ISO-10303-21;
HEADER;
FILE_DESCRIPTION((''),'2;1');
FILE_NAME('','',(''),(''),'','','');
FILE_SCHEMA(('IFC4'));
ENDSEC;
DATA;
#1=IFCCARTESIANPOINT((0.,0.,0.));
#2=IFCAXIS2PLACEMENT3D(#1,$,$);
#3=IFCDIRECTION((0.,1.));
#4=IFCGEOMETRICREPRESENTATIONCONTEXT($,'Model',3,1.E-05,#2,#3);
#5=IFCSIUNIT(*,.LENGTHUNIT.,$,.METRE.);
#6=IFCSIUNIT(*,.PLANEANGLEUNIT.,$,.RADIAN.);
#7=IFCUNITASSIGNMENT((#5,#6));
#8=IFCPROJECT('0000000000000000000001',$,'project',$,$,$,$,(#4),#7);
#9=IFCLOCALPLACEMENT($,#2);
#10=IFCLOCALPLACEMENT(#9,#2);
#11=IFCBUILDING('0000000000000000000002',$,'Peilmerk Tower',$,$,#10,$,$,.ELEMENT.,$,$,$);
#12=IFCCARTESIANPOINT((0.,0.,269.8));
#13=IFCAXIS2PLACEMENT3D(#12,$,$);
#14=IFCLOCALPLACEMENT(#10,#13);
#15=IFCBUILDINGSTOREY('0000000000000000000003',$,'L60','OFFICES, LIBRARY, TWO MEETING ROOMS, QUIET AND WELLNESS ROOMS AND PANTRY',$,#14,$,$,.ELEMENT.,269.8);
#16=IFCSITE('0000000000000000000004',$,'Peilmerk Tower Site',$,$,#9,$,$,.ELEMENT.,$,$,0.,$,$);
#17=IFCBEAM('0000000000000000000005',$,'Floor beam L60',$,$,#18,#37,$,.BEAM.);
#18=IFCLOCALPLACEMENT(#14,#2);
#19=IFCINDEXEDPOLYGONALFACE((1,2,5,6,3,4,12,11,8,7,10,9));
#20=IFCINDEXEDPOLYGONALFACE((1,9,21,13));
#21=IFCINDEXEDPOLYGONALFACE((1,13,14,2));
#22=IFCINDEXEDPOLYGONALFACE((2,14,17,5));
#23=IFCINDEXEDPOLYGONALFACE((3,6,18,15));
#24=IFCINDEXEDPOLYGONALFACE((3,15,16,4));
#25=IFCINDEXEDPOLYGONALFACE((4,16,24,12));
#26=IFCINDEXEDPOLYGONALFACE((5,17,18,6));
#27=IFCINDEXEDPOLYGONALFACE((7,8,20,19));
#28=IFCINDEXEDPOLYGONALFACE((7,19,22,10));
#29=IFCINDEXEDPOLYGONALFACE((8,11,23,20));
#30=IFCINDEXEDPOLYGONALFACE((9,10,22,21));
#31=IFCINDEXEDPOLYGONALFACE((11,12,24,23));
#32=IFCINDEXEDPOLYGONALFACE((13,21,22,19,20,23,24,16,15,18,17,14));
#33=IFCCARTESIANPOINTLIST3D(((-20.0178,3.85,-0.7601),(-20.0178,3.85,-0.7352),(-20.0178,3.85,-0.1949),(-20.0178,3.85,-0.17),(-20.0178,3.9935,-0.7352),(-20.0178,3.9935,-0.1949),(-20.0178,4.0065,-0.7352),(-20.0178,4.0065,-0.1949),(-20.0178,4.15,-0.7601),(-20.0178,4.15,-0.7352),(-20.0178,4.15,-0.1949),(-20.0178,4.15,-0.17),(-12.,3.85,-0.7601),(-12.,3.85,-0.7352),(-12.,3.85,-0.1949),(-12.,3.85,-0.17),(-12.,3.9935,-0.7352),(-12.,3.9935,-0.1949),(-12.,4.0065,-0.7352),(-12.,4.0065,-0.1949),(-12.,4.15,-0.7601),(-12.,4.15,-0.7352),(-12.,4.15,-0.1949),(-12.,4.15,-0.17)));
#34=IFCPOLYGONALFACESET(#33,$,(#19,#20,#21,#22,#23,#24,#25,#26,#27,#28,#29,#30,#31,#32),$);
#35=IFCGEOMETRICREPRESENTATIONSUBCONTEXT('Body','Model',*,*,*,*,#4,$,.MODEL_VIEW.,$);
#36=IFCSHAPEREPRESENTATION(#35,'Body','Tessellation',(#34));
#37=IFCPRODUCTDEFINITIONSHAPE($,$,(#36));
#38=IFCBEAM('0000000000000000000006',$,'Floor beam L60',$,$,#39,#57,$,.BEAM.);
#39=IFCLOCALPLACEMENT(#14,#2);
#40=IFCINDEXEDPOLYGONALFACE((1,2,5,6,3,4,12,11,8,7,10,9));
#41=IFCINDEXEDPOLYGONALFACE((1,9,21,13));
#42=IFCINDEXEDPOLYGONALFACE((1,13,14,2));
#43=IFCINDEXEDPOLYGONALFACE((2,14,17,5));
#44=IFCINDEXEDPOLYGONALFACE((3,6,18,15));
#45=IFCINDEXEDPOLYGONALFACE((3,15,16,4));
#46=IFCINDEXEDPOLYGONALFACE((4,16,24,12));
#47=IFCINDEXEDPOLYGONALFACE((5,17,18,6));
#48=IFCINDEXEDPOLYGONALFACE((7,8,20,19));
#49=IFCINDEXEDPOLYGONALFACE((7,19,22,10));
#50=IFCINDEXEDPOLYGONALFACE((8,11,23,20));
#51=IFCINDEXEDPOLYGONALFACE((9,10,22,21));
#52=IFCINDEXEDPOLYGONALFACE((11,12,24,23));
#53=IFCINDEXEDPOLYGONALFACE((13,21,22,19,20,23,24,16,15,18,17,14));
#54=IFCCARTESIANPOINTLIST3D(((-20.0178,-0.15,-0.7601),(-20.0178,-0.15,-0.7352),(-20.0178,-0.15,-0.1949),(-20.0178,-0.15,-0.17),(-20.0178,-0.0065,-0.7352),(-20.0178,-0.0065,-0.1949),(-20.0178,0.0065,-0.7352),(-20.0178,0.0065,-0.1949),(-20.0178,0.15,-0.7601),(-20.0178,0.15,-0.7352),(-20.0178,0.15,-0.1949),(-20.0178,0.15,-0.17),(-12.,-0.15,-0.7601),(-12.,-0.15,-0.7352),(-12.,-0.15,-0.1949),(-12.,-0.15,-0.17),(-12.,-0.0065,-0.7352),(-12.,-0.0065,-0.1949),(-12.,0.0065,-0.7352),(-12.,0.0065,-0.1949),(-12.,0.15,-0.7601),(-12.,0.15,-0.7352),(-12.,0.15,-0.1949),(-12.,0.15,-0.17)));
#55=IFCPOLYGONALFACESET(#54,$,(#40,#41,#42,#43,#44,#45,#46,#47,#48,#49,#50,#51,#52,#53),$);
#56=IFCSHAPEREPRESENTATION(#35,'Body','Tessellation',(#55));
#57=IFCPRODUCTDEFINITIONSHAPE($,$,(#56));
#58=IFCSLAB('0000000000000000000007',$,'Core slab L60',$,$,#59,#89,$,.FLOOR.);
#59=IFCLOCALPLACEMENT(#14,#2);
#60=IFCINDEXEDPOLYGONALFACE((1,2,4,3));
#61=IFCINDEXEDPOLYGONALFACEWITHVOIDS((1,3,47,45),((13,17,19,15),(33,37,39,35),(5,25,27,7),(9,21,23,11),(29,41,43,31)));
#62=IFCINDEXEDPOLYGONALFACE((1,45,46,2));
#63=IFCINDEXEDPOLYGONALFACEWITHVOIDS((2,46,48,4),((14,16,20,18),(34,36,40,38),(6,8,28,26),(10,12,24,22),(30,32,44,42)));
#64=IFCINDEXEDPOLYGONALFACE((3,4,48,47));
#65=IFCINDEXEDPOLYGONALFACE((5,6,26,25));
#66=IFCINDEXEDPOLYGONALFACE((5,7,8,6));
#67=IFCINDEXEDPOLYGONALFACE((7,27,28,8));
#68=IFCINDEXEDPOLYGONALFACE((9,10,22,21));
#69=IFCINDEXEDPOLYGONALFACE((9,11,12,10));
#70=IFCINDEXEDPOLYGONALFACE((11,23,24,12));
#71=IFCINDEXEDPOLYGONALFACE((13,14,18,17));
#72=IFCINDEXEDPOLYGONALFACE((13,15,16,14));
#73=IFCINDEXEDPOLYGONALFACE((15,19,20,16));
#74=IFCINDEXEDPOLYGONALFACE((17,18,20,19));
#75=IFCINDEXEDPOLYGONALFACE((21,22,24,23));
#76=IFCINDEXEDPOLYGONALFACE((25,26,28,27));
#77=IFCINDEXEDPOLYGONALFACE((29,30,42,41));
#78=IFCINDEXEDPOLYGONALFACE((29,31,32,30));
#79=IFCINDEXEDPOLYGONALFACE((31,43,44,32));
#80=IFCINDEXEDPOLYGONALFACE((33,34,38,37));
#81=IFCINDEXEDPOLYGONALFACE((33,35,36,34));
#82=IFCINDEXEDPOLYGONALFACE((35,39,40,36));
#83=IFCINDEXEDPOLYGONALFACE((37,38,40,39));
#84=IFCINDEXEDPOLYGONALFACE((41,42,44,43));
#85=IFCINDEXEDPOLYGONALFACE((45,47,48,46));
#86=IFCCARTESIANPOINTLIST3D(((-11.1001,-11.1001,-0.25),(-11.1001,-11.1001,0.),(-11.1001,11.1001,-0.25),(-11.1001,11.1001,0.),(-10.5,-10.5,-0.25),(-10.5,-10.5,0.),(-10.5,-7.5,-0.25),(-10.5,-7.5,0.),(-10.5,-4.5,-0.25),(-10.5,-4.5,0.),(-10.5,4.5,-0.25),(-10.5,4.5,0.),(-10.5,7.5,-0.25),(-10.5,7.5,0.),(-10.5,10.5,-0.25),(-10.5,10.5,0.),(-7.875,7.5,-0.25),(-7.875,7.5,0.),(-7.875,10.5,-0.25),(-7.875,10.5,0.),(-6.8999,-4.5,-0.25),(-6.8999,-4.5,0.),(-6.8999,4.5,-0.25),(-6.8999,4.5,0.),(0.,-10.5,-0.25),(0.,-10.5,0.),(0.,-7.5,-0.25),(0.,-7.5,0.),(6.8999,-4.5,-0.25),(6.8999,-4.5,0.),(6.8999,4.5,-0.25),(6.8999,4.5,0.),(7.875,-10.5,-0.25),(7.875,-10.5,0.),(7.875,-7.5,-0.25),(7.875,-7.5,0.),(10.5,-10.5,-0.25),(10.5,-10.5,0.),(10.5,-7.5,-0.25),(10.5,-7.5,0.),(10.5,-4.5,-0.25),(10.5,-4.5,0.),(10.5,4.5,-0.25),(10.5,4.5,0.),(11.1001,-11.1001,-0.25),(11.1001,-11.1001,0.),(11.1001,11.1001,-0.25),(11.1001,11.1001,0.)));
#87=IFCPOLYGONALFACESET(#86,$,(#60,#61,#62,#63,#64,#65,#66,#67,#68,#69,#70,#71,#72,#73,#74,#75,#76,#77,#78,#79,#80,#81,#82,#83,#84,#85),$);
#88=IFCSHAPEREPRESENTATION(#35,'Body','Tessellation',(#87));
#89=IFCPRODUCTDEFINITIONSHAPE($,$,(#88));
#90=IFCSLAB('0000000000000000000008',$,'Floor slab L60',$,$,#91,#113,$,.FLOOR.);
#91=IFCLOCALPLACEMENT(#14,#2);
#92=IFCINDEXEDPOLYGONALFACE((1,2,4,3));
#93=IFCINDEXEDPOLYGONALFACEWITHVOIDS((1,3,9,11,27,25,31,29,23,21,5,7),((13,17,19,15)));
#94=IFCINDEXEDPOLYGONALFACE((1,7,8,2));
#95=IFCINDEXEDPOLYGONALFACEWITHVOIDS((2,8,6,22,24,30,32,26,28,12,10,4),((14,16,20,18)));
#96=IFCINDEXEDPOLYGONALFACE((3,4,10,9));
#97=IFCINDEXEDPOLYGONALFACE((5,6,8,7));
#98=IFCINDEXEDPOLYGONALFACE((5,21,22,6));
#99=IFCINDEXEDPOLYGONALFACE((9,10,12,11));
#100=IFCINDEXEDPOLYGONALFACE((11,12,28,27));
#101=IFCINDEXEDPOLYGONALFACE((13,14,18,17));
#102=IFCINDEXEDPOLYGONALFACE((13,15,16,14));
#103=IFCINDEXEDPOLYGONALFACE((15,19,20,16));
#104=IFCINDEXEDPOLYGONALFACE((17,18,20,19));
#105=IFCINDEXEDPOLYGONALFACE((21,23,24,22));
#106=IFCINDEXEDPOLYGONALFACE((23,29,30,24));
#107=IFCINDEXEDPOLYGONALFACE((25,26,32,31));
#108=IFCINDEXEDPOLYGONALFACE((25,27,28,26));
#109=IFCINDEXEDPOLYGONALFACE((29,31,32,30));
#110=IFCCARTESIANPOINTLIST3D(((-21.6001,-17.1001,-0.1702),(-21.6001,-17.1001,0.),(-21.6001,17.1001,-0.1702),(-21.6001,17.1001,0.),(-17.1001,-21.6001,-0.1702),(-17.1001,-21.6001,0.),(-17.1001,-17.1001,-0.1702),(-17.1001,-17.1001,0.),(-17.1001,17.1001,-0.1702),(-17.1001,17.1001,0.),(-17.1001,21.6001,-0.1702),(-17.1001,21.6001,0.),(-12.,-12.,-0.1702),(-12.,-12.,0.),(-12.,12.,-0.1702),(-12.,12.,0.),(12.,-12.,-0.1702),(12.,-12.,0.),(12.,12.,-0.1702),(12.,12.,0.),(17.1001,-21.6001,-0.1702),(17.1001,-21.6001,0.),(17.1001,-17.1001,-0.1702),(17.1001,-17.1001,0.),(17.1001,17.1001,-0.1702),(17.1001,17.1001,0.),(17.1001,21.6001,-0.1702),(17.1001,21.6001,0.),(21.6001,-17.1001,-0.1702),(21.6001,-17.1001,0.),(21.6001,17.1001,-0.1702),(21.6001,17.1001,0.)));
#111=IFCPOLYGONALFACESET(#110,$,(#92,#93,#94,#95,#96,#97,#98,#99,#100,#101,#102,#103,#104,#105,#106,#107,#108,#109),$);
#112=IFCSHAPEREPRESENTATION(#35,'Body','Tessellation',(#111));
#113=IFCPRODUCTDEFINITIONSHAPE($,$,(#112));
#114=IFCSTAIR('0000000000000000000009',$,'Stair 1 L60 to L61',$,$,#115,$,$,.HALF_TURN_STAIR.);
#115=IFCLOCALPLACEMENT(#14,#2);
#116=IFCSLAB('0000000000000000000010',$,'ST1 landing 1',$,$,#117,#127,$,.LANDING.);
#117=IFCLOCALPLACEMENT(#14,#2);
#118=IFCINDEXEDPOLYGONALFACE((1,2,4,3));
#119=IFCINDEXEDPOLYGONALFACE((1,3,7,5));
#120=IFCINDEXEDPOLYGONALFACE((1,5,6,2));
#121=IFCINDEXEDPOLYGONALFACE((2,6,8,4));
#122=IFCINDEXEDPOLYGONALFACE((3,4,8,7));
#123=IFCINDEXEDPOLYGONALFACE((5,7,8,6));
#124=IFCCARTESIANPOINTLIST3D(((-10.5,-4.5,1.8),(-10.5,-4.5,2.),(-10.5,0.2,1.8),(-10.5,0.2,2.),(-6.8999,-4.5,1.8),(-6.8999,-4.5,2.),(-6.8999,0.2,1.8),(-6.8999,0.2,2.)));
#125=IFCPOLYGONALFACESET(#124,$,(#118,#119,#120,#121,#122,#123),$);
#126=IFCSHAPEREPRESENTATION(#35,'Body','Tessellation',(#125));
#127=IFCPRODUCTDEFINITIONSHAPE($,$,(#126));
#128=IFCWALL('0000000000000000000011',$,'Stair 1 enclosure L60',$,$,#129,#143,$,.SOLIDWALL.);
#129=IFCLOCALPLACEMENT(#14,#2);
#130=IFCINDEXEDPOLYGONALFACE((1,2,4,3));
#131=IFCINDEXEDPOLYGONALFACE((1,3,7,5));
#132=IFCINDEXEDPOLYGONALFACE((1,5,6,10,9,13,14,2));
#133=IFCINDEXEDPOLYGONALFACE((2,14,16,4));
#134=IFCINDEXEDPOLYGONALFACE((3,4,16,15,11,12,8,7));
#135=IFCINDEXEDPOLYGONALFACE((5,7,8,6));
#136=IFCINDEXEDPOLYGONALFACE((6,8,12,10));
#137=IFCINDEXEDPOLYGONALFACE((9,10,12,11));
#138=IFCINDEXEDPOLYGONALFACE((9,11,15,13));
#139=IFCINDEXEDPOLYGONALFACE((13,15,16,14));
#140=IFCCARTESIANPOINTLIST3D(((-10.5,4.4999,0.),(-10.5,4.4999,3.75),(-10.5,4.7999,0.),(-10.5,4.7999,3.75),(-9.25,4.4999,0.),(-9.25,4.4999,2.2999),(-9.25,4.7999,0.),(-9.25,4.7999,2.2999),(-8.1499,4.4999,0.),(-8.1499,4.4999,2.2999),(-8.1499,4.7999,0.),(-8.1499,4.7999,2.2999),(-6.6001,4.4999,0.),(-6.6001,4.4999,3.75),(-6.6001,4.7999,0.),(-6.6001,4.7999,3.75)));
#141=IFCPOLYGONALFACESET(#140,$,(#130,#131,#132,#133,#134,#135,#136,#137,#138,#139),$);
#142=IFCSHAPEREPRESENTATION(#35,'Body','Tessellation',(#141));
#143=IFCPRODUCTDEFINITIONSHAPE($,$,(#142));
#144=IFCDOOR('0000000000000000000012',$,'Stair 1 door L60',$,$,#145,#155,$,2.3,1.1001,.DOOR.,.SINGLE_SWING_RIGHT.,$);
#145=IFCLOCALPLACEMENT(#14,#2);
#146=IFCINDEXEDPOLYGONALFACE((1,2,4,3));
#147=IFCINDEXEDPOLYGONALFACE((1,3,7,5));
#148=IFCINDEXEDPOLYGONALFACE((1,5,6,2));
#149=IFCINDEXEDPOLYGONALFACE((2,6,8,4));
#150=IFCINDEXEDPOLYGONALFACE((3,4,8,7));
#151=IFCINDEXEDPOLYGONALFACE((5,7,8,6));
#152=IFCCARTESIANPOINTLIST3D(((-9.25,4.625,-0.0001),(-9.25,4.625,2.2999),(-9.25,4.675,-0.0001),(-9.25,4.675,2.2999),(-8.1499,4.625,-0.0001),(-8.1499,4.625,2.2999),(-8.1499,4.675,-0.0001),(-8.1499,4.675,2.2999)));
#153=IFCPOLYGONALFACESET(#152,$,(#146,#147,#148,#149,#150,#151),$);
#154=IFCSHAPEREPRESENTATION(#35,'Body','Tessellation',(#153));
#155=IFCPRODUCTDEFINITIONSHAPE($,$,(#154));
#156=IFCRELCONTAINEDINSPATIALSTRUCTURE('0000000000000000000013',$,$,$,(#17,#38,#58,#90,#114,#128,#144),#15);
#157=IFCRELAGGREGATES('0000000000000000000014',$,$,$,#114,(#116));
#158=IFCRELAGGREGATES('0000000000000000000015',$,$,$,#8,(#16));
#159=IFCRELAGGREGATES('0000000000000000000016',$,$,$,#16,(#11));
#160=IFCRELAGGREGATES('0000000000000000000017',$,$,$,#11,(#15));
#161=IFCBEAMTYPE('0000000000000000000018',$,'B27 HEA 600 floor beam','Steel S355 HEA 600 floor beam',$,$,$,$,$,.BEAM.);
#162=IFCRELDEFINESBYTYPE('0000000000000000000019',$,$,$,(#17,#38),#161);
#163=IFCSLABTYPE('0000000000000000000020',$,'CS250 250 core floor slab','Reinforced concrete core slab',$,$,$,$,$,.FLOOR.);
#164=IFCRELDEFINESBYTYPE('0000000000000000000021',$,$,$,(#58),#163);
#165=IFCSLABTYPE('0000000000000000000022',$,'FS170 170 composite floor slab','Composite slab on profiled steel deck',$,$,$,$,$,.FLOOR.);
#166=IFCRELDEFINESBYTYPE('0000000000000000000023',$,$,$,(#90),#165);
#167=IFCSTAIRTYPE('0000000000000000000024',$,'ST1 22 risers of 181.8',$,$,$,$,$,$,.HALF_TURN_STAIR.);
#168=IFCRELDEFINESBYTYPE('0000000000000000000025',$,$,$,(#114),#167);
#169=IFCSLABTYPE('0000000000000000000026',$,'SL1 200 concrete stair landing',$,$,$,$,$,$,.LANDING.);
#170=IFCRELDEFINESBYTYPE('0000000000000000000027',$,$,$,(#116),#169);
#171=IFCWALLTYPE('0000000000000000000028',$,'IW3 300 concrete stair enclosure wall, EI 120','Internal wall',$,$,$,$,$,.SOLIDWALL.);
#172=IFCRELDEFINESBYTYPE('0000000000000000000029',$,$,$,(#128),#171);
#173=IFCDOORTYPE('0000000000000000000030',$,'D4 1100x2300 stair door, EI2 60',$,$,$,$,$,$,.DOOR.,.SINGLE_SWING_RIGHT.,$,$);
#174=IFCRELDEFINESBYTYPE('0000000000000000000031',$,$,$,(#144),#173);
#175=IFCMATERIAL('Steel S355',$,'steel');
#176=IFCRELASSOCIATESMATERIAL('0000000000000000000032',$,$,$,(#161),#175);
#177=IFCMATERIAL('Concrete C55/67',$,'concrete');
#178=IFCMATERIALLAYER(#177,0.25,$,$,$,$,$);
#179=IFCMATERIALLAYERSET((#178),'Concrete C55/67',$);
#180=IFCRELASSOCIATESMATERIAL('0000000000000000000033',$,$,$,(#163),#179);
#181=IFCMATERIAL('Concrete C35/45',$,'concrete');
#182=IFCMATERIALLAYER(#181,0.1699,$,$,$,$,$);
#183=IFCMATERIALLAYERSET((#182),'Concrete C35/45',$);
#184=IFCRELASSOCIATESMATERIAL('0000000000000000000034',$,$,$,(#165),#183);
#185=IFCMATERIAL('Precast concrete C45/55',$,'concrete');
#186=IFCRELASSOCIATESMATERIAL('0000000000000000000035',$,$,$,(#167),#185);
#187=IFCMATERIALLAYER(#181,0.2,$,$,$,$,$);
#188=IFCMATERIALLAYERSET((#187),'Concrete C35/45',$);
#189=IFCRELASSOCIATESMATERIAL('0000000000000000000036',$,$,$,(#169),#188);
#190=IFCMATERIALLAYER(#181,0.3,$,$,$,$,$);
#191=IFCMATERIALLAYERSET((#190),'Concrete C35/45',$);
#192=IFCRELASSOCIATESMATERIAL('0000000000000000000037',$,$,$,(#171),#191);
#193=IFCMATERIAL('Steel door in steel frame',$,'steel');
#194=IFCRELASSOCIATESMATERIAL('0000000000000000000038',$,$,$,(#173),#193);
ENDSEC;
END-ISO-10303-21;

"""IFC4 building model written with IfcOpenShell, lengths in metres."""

from ifc_helpers import new_model, si_unit, direction, frame, frame_2d, origin, origin_2d, place, context, subcontext, project, spatial, polyline, rectangle, i_section, outline, extrude, material, layer, layer_set, material_profile, profile_set, type_object, element, fill, aggregate, save


model = new_model("IFC4")

# Units and contexts
model_context = context("Model", 3, precision=1e-05, world=origin(), true_north=direction((0.0, 1.0)))
body_context = subcontext(model_context, "Body", "Model", "MODEL_VIEW")
ifc_project = project(units=[si_unit("LENGTHUNIT", "METRE"), si_unit("PLANEANGLEUNIT", "RADIAN")], contexts=[model_context])

# Site, building, storey
site_placement = place(None, origin())
site = spatial("IfcSite", under=ifc_project, at=site_placement, Name="Peilmerk Tower Site", CompositionType="ELEMENT", RefElevation=0.0)
building_placement = place(site_placement, origin())
building = spatial("IfcBuilding", under=site, at=building_placement, Name="Peilmerk Tower", CompositionType="ELEMENT")
storey_placement = place(building_placement, frame((0.0, 0.0, 269.8)))
storey = spatial("IfcBuildingStorey", under=building, at=storey_placement, Name="L60", Description="OFFICES, LIBRARY, TWO MEETING ROOMS, QUIET AND WELLNESS ROOMS AND PANTRY", CompositionType="ELEMENT", Elevation=269.8)

# Beams
ifc_material_1 = material(Name="Steel S355", Category="steel")
ifc_material_profile = material_profile(ifc_material_1, i_section(OverallWidth=0.3, OverallDepth=0.5901, WebThickness=0.0129, FlangeThickness=0.0249, at=origin_2d()), Name="HEA 600")
ifc_profile_set = profile_set([ifc_material_profile], Name="Steel S355")
beam_type = type_object("IfcBeamType", Name="B27 HEA 600 floor beam", Description="Steel S355 HEA 600 floor beam", PredefinedType="BEAM", material=ifc_profile_set)
for number, where, z_axis, x_axis, name in (
    (1, (-12.0, 4.0, -0.4651), (-1.0, 0.0, 0.0), (0.0, -1.0, 0.0), "Floor beam L60"),
    (2, (-12.0, 0.0, -0.4651), (-1.0, 0.0, 0.0), (0.0, -1.0, 0.0), "Floor beam L60"),
):
    element("IfcBeam", number, at=place(storey_placement, frame(where, z_axis=z_axis, x_axis=x_axis)), inside=storey, type_object=beam_type, Name=name, PredefinedType="BEAM", context=body_context, shape_type="SweptSolid", body=[
        extrude(i_section(OverallWidth=0.3, OverallDepth=0.5901, WebThickness=0.0129, FlangeThickness=0.0249, at=origin_2d()), origin(), (0.0, 0.0, 1.0), 8.0178),
    ])

# Slabs
ifc_material_2 = material(Name="Concrete C55/67", Category="concrete")
ifc_layer_1 = layer(ifc_material_2, 0.25)
ifc_layer_set_1 = layer_set([ifc_layer_1], Name="Concrete C55/67")
slab_type_1 = type_object("IfcSlabType", Name="CS250 250 core floor slab", Description="Reinforced concrete core slab", PredefinedType="FLOOR", material=ifc_layer_set_1)
slab_1_placement = place(storey_placement, frame((0.0, 0.0, -0.25)))
element("IfcSlab", 3, at=slab_1_placement, inside=storey, type_object=slab_type_1, Name="Core slab L60", PredefinedType="FLOOR", context=body_context, shape_type="SweptSolid", body=[
    extrude(outline(polyline([(11.1001, -11.1001), (11.1001, 11.1001), (-11.1001, 11.1001), (-11.1001, -11.1001), (11.1001, -11.1001)]), holes=[polyline([(-7.875, 7.5), (-10.5, 7.5), (-10.5, 10.5), (-7.875, 10.5), (-7.875, 7.5)]), polyline([(0.0, -10.5), (-10.5, -10.5), (-10.5, -7.5), (0.0, -7.5), (0.0, -10.5)]), polyline([(7.875, -10.5), (7.875, -7.5), (10.5, -7.5), (10.5, -10.5), (7.875, -10.5)]), polyline([(-10.5, 4.5), (-6.8999, 4.5), (-6.8999, -4.5), (-10.5, -4.5), (-10.5, 4.5)]), polyline([(10.5, 4.5), (10.5, -4.5), (6.8999, -4.5), (6.8999, 4.5), (10.5, 4.5)])]), origin(), (0.0, 0.0, 1.0), 0.25),
])
ifc_material_3 = material(Name="Concrete C35/45", Category="concrete")
ifc_layer_2 = layer(ifc_material_3, 0.1699)
ifc_layer_set_2 = layer_set([ifc_layer_2], Name="Concrete C35/45")
slab_type_2 = type_object("IfcSlabType", Name="FS170 170 composite floor slab", Description="Composite slab on profiled steel deck", PredefinedType="FLOOR", material=ifc_layer_set_2)
slab_2_placement = place(storey_placement, frame((0.0, 0.0, -0.1702)))
element("IfcSlab", 4, at=slab_2_placement, inside=storey, type_object=slab_type_2, Name="Floor slab L60", PredefinedType="FLOOR", context=body_context, shape_type="SweptSolid", body=[
    extrude(outline(polyline([(-17.1001, -21.6001), (17.1001, -21.6001), (17.1001, -17.1001), (21.6001, -17.1001), (21.6001, 17.1001), (17.1001, 17.1001), (17.1001, 21.6001), (-17.1001, 21.6001), (-17.1001, 17.1001), (-21.6001, 17.1001), (-21.6001, -17.1001), (-17.1001, -17.1001), (-17.1001, -21.6001)]), holes=[polyline([(12.0, 12.0), (12.0, -12.0), (-12.0, -12.0), (-12.0, 12.0), (12.0, 12.0)])]), origin(), (0.0, 0.0, 1.0), 0.1702),
])

# Stair, slab
ifc_material_4 = material(Name="Precast concrete C45/55", Category="concrete")
stair_type = type_object("IfcStairType", Name="ST1 22 risers of 181.8", PredefinedType="HALF_TURN_STAIR", material=ifc_material_4)
stair_placement = place(storey_placement, origin())
stair = element("IfcStair", 5, at=stair_placement, inside=storey, type_object=stair_type, Name="Stair 1 L60 to L61", PredefinedType="HALF_TURN_STAIR")
ifc_layer_3 = layer(ifc_material_3, 0.2)
ifc_layer_set_3 = layer_set([ifc_layer_3], Name="Concrete C35/45")
slab_type_3 = type_object("IfcSlabType", Name="SL1 200 concrete stair landing", PredefinedType="LANDING", material=ifc_layer_set_3)
slab_3_placement = place(storey_placement, frame((0.0, 0.0, 1.8)))
slab_3 = element("IfcSlab", 6, at=slab_3_placement, type_object=slab_type_3, Name="ST1 landing 1", PredefinedType="LANDING", context=body_context, shape_type="SweptSolid", body=[
    extrude(outline(polyline([(-10.5, -4.5), (-6.8999, -4.5), (-6.8999, 0.2), (-10.5, 0.2), (-10.5, -4.5)])), origin(), (0.0, 0.0, 1.0), 0.2),
])

# Wall, opening, door
ifc_layer_4 = layer(ifc_material_3, 0.3)
ifc_layer_set_4 = layer_set([ifc_layer_4], Name="Concrete C35/45")
wall_type_1 = type_object("IfcWallType", Name="IW3 300 concrete stair enclosure wall, EI 120", Description="Internal wall", PredefinedType="SOLIDWALL", material=ifc_layer_set_4)
wall_1_placement = place(storey_placement, frame((-10.5, 4.6499, 0.0), z_axis=(0.0, 0.0, 1.0), x_axis=(1.0, 0.0, 0.0)))
wall_1 = element("IfcWall", 7, at=wall_1_placement, inside=storey, type_object=wall_type_1, Name="Stair 1 enclosure L60", PredefinedType="SOLIDWALL", context=body_context, shape_type="SweptSolid", body=[
    extrude(rectangle(XDim=3.8999, YDim=0.3, at=frame_2d((1.95, 0.0))), origin(), (0.0, 0.0, 1.0), 3.75),
])
opening_1_placement = place(wall_1_placement, frame((1.25, 0.0, 0.0)))
opening_1 = element("IfcOpeningElement", 8, at=opening_1_placement, cuts=wall_1, PredefinedType="OPENING", context=body_context, shape_type="SweptSolid", body=[
    extrude(rectangle(XDim=1.1001, YDim=2.3, at=frame_2d((0.55, 1.1499))), frame((0.0, 0.1599, 0.0), z_axis=(0.0, -1.0, 0.0), x_axis=(1.0, 0.0, 0.0)), (0.0, 0.0, 1.0), 0.3201),
])
ifc_material_5 = material(Name="Steel door in steel frame", Category="steel")
door_type_1 = type_object("IfcDoorType", Name="D4 1100x2300 stair door, EI2 60", OperationType="SINGLE_SWING_RIGHT", PredefinedType="DOOR", material=ifc_material_5)
door_1_placement = place(opening_1_placement, frame((1.1001, 0.0, 0.0), z_axis=(0.0, 0.0, 1.0), x_axis=(-1.0, 0.0, 0.0)))
door_1 = element("IfcDoor", 9, at=door_1_placement, inside=storey, type_object=door_type_1, Name="Stair 1 door L60", OperationType="SINGLE_SWING_RIGHT", OverallHeight=2.3, OverallWidth=1.1001, PredefinedType="DOOR", context=body_context, shape_type="SweptSolid", body=[
    extrude(rectangle(XDim=1.1001, YDim=2.3, at=frame_2d((0.55, 1.1499))), frame((0.0, 0.0249, 0.0), z_axis=(0.0, -1.0, 0.0), x_axis=(1.0, 0.0, 0.0)), (0.0, 0.0, 1.0), 0.05),
])
fill(opening_1, door_1)

aggregate(stair, [slab_3])

save(model, "model.ifc")
